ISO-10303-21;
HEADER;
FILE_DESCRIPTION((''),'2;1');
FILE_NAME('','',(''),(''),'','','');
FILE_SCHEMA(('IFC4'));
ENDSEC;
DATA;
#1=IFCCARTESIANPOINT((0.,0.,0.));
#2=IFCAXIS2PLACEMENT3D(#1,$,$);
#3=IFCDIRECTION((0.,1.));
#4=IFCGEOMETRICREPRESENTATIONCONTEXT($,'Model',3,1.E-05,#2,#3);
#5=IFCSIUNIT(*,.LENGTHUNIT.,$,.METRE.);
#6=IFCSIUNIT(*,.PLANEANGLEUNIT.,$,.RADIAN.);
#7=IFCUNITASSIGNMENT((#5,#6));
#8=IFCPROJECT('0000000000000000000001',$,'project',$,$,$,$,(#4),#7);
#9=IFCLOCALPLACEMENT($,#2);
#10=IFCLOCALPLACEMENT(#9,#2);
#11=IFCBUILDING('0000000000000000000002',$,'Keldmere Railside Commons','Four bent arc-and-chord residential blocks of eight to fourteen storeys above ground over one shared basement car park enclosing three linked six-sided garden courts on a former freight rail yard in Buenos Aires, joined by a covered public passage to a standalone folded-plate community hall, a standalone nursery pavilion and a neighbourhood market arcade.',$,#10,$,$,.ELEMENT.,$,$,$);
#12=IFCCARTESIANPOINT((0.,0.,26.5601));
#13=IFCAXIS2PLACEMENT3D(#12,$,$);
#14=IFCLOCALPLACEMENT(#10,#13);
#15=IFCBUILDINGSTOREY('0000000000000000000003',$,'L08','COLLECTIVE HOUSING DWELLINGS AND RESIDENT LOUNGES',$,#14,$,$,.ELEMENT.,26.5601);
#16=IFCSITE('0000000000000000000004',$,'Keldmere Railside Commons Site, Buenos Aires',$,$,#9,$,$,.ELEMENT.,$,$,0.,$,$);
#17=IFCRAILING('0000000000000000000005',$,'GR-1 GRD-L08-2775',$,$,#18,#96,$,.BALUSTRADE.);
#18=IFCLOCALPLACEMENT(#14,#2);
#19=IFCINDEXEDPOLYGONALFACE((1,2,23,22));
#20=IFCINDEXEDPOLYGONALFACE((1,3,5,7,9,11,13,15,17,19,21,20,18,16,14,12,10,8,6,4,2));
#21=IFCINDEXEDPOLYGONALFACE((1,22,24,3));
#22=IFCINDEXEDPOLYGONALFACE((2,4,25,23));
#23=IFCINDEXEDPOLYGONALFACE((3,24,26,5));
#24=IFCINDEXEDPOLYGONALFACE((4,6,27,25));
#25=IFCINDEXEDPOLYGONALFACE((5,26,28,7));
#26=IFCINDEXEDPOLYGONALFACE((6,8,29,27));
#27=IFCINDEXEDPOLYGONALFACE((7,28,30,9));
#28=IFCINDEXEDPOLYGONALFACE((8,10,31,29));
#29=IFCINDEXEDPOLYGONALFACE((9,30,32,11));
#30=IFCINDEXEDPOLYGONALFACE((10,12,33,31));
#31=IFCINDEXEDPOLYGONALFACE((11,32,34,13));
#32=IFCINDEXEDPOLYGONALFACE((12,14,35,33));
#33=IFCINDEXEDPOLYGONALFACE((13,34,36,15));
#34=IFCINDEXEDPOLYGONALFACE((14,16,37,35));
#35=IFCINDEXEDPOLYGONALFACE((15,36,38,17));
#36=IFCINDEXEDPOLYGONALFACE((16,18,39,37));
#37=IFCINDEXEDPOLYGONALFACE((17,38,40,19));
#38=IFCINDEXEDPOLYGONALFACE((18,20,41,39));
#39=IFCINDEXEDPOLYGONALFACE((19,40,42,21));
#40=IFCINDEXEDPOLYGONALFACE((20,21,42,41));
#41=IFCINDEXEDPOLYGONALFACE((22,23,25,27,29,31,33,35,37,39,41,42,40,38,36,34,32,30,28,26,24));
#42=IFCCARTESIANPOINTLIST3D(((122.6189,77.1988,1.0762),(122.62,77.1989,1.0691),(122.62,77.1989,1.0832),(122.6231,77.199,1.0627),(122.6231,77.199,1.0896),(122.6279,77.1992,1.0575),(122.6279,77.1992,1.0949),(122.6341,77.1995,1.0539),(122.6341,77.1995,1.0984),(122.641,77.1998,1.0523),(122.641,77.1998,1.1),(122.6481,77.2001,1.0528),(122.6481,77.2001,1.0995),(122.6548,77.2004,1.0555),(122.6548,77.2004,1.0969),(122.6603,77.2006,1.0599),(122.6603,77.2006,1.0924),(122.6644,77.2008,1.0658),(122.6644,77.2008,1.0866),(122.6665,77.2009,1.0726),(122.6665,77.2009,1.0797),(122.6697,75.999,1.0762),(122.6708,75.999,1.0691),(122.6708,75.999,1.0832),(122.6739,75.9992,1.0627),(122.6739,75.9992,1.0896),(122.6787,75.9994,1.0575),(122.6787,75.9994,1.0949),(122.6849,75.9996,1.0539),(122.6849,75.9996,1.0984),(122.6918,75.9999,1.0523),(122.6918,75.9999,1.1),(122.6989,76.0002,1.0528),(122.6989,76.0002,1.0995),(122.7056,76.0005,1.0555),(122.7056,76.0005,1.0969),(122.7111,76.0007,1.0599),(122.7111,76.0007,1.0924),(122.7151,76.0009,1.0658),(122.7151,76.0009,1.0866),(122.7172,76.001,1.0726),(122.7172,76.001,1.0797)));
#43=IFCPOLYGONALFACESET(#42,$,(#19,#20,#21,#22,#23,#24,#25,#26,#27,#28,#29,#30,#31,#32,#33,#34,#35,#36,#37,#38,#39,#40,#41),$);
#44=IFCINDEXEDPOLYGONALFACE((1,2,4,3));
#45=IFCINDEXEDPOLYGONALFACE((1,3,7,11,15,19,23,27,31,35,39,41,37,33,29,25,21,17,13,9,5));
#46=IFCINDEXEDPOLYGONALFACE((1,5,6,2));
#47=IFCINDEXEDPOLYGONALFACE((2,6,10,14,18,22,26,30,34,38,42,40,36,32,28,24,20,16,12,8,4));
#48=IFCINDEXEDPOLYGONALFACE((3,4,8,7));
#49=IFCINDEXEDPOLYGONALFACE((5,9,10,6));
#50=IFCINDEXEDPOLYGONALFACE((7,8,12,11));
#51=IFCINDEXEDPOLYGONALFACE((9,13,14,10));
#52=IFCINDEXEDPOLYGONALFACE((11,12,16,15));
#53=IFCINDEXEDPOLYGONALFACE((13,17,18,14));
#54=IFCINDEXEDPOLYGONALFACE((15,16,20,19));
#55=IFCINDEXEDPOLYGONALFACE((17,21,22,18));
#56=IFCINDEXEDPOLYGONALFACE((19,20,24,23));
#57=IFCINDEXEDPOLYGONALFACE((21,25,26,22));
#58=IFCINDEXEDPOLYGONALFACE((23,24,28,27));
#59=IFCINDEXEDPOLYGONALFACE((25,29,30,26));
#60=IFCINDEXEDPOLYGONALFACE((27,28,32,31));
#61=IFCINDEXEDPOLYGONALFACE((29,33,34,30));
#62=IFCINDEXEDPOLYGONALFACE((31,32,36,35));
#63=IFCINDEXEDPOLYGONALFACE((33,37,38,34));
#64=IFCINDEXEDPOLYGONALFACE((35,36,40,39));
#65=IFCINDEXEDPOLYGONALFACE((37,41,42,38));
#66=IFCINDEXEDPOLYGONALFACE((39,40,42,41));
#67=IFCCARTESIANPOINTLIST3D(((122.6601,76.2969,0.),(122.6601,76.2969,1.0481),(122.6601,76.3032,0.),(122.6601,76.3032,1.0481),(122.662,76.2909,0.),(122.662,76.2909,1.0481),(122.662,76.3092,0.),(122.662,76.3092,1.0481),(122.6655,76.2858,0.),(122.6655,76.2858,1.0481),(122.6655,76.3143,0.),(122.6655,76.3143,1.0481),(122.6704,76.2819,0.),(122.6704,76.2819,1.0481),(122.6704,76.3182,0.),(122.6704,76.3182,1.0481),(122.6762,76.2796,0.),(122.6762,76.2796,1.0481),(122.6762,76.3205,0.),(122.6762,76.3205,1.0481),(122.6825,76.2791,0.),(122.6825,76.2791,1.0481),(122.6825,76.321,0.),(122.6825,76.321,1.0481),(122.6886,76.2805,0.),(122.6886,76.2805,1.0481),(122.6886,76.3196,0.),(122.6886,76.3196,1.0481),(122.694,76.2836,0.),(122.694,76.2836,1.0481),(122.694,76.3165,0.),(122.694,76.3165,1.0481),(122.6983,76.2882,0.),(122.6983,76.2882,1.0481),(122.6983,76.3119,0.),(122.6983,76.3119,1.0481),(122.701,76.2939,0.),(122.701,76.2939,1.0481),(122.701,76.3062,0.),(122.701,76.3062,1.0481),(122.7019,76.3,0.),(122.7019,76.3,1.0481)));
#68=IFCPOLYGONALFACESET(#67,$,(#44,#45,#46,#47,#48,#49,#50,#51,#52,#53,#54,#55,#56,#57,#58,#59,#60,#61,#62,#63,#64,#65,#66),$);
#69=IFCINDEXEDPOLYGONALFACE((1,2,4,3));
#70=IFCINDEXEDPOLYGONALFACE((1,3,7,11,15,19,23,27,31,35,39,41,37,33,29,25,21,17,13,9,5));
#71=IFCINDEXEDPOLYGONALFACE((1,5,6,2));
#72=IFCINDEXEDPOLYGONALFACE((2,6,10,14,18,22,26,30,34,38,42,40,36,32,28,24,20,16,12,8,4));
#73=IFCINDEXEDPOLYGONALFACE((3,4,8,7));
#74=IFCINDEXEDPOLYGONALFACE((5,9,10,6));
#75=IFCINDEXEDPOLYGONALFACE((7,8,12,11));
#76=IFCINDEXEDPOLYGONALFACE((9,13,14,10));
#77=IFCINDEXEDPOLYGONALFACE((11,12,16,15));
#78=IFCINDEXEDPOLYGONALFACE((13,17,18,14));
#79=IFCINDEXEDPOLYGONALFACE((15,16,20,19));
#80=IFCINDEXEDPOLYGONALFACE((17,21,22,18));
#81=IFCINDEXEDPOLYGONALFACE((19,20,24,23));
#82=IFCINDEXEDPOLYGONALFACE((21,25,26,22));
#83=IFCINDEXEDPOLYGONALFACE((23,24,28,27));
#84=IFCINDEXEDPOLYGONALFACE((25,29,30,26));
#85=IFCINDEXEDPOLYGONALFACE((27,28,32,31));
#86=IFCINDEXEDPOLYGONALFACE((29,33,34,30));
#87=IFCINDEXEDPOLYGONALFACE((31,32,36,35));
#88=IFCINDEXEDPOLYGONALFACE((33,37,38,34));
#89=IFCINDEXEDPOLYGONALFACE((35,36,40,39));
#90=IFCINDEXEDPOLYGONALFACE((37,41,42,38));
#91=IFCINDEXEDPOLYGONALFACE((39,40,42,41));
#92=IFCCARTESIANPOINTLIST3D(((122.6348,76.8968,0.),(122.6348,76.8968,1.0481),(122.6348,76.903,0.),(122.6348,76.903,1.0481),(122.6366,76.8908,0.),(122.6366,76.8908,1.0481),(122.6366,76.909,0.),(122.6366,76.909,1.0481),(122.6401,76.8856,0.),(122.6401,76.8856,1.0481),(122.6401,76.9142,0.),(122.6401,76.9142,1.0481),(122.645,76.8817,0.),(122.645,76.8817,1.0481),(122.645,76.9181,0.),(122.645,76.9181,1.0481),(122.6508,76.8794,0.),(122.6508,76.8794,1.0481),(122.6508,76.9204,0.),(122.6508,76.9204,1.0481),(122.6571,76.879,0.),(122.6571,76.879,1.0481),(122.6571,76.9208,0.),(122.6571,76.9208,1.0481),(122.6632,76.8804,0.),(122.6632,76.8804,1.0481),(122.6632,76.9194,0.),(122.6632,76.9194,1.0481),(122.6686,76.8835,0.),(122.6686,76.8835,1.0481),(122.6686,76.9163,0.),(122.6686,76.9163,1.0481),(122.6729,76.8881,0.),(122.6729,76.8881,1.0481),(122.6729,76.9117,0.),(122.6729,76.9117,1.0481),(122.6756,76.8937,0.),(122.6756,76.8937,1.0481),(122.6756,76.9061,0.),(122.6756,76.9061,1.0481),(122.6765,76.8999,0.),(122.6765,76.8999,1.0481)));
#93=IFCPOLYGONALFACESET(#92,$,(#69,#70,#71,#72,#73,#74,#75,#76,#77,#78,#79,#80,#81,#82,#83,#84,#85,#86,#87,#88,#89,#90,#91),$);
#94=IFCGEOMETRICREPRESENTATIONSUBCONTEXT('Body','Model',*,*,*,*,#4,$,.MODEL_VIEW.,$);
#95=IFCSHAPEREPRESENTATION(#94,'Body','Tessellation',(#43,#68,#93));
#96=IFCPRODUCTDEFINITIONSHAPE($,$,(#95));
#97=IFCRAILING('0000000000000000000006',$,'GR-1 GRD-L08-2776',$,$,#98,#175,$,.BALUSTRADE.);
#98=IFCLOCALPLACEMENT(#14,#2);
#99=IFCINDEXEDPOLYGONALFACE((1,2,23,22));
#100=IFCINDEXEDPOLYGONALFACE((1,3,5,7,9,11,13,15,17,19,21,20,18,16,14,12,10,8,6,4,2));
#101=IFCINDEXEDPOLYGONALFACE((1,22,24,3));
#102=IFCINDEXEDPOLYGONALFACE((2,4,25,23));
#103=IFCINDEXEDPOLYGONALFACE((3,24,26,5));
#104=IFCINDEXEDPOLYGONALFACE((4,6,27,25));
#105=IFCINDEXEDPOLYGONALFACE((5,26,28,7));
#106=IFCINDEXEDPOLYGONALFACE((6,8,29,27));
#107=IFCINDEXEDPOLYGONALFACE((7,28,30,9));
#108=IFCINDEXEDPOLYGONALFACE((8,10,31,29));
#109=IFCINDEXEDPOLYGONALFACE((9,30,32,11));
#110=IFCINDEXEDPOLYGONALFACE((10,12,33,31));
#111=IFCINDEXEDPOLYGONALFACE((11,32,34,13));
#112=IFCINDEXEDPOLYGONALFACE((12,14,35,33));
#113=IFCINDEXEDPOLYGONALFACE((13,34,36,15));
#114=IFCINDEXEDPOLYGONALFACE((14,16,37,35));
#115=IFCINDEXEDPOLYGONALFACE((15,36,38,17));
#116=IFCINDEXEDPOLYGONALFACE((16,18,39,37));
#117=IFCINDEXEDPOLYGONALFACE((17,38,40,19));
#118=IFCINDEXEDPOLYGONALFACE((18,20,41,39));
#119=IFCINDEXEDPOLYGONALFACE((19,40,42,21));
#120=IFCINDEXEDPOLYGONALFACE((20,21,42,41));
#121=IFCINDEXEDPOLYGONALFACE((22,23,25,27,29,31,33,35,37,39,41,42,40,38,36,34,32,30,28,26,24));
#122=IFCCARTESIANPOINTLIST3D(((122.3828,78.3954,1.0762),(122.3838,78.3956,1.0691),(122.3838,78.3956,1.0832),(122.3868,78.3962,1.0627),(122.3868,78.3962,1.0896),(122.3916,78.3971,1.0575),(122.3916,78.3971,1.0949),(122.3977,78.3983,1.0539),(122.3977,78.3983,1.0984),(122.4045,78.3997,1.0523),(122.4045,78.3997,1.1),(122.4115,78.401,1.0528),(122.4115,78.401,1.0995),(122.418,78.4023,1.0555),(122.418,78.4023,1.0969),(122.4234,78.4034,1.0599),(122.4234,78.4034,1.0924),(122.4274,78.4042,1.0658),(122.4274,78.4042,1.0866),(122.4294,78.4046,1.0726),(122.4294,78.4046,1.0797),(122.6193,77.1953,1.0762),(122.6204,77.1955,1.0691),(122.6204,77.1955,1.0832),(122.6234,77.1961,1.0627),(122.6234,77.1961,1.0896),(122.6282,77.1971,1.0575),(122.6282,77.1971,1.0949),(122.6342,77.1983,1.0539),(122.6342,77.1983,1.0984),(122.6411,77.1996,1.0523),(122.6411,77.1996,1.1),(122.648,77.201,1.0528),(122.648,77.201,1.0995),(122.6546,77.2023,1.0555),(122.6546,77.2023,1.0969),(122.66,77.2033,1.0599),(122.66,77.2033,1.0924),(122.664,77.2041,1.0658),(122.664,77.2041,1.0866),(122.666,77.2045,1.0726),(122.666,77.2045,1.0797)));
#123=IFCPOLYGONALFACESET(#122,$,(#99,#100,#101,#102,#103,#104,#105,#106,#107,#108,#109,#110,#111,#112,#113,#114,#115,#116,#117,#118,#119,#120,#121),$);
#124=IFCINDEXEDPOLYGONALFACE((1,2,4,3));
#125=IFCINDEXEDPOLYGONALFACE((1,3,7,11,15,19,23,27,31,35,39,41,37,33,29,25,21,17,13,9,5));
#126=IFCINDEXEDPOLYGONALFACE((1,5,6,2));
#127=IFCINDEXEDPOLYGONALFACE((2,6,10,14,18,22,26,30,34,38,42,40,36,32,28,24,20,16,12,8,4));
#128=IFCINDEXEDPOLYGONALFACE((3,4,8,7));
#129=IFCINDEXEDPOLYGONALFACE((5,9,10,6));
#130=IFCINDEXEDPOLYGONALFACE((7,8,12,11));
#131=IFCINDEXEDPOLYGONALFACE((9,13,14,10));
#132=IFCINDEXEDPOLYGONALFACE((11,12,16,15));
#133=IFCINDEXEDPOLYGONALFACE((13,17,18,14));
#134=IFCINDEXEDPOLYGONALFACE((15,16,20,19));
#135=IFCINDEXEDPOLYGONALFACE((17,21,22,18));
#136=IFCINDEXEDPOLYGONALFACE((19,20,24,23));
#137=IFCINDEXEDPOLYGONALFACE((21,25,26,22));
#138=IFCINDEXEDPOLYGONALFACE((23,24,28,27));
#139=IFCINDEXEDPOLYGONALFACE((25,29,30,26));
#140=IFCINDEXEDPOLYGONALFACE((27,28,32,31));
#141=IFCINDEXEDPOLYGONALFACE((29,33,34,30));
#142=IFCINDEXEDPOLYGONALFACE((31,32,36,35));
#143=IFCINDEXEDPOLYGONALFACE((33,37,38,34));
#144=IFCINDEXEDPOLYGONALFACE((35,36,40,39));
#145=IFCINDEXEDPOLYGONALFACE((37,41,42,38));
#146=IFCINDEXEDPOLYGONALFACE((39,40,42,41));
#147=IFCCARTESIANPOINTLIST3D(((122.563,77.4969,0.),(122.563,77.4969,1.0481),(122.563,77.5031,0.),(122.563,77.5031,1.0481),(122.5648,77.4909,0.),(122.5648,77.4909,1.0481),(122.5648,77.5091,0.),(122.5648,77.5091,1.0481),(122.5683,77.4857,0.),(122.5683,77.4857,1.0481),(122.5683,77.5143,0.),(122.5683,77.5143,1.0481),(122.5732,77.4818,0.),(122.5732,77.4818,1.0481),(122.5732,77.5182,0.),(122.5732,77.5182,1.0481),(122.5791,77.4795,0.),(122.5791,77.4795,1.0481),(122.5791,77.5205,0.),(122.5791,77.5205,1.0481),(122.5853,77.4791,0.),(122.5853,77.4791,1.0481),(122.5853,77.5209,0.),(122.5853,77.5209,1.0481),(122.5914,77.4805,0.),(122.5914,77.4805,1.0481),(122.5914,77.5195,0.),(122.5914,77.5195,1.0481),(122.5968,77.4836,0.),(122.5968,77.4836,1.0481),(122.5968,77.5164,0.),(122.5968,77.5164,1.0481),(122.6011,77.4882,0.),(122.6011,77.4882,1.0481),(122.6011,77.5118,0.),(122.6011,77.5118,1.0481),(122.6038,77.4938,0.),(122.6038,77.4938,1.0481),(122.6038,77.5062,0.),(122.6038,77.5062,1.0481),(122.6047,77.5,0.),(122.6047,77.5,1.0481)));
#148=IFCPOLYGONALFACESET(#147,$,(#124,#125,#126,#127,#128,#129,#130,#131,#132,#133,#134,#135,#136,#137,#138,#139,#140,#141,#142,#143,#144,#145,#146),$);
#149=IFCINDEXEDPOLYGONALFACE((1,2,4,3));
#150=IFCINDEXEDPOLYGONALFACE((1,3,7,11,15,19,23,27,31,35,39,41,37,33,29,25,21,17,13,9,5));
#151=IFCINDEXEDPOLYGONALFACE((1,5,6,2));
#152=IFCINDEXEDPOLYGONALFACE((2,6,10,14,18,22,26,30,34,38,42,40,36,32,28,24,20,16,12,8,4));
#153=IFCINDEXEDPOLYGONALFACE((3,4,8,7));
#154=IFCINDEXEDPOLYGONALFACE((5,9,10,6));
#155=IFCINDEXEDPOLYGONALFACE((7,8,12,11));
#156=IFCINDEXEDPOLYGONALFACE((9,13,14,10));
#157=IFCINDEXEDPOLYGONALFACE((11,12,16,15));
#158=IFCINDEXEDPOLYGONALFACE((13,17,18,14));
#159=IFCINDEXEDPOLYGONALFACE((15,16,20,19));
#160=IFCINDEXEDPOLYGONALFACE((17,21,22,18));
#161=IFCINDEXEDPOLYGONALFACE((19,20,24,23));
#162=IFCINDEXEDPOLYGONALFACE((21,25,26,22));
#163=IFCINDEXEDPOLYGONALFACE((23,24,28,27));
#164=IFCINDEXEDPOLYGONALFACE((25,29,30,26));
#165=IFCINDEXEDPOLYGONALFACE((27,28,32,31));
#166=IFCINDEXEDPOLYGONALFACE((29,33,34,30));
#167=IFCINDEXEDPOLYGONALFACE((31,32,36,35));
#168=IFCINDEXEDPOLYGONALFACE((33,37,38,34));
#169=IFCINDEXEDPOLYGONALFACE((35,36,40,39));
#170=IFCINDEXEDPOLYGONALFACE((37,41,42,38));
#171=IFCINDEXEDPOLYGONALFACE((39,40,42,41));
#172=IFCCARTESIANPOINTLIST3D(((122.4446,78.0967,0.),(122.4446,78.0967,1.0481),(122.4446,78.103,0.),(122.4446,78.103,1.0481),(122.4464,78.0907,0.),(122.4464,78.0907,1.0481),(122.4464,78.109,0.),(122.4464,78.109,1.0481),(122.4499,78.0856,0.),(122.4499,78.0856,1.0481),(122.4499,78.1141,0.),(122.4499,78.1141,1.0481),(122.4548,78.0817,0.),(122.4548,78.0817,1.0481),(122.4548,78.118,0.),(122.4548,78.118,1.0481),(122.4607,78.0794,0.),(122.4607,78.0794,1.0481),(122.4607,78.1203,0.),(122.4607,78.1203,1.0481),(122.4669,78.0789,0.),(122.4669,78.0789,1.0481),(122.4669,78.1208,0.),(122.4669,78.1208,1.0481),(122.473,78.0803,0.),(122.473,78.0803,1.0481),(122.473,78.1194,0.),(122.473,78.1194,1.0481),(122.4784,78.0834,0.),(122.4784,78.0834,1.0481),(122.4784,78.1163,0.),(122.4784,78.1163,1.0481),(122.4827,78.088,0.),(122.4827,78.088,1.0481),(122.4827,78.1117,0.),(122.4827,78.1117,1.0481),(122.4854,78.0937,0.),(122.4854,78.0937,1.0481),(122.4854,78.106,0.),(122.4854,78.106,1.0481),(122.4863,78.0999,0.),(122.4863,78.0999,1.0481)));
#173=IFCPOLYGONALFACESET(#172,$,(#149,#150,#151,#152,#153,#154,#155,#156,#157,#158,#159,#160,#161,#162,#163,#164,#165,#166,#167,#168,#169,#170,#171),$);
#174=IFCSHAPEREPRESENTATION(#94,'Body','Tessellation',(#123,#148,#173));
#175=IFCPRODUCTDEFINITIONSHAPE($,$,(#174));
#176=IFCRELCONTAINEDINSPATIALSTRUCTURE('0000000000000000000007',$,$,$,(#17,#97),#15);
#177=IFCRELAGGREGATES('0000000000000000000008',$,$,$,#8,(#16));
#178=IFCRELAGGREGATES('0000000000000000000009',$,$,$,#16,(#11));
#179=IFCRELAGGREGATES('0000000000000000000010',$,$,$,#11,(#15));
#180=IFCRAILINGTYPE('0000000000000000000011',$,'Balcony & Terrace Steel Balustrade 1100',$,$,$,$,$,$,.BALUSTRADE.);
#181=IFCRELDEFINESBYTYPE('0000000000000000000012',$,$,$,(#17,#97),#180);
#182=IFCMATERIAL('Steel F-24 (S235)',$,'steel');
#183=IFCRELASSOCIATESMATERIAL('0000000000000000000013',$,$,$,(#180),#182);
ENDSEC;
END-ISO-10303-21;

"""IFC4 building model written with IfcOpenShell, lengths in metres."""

from ifc_helpers import new_model, si_unit, direction, frame, origin, origin_2d, place, context, subcontext, project, spatial, circle, extrude, material, type_object, element, save


model = new_model("IFC4")

# Units and contexts
model_context = context("Model", 3, precision=1e-05, world=origin(), true_north=direction((0.0, 1.0)))
body_context = subcontext(model_context, "Body", "Model", "MODEL_VIEW")
ifc_project = project(units=[si_unit("LENGTHUNIT", "METRE"), si_unit("PLANEANGLEUNIT", "RADIAN")], contexts=[model_context])

# Site, building, storey
site_placement = place(None, origin())
site = spatial("IfcSite", under=ifc_project, at=site_placement, Name="Keldmere Railside Commons Site, Buenos Aires", CompositionType="ELEMENT", RefElevation=0.0)
building_placement = place(site_placement, origin())
building = spatial("IfcBuilding", under=site, at=building_placement, Name="Keldmere Railside Commons", Description="Four bent arc-and-chord residential blocks of eight to fourteen storeys above ground over one shared basement car park enclosing three linked six-sided garden courts on a former freight rail yard in Buenos Aires, joined by a covered public passage to a standalone folded-plate community hall, a standalone nursery pavilion and a neighbourhood market arcade.", CompositionType="ELEMENT")
storey_placement = place(building_placement, frame((0.0, 0.0, 26.5601)))
storey = spatial("IfcBuildingStorey", under=building, at=storey_placement, Name="L08", Description="COLLECTIVE HOUSING DWELLINGS AND RESIDENT LOUNGES", CompositionType="ELEMENT", Elevation=26.5601)

# Railings
ifc_material_1 = material(Name="Steel F-24 (S235)", Category="steel")
railing_type = type_object("IfcRailingType", Name="Balcony & Terrace Steel Balustrade 1100", PredefinedType="BALUSTRADE", material=ifc_material_1)
railing_1_placement = place(storey_placement, frame((122.6936, 76.0, 0.0)))
element("IfcRailing", 1, at=railing_1_placement, inside=storey, type_object=railing_type, Name="GR-1 GRD-L08-2775", PredefinedType="BALUSTRADE", context=body_context, shape_type="SweptSolid", body=[
    extrude(circle(Radius=0.0239, at=origin_2d()), frame((0.0, 0.0, 1.0762), z_axis=(-0.042282, 0.999106, 0.0), x_axis=(-0.999106, -0.042282, 0.0)), (0.0, 0.0, 1.0), 1.2009),
    extrude(circle(Radius=0.021, at=origin_2d()), frame((-0.0127, 0.3, 0.0)), (0.0, 0.0, 1.0), 1.0481),
    extrude(circle(Radius=0.021, at=origin_2d()), frame((-0.0381, 0.8999, 0.0)), (0.0, 0.0, 1.0), 1.0481),
])
railing_2_placement = place(storey_placement, frame((122.6428, 77.2, 0.0)))
element("IfcRailing", 2, at=railing_2_placement, inside=storey, type_object=railing_type, Name="GR-1 GRD-L08-2776", PredefinedType="BALUSTRADE", context=body_context, shape_type="SweptSolid", body=[
    extrude(circle(Radius=0.0239, at=origin_2d()), frame((0.0, 0.0, 1.0762), z_axis=(-0.193428, 0.981114, 0.0), x_axis=(-0.981114, -0.193428, 0.0)), (0.0, 0.0, 1.0), 1.2231),
    extrude(circle(Radius=0.021, at=origin_2d()), frame((-0.0591, 0.3, 0.0)), (0.0, 0.0, 1.0), 1.0481),
    extrude(circle(Radius=0.021, at=origin_2d()), frame((-0.1775, 0.8999, 0.0)), (0.0, 0.0, 1.0), 1.0481),
])

save(model, "model.ifc")
